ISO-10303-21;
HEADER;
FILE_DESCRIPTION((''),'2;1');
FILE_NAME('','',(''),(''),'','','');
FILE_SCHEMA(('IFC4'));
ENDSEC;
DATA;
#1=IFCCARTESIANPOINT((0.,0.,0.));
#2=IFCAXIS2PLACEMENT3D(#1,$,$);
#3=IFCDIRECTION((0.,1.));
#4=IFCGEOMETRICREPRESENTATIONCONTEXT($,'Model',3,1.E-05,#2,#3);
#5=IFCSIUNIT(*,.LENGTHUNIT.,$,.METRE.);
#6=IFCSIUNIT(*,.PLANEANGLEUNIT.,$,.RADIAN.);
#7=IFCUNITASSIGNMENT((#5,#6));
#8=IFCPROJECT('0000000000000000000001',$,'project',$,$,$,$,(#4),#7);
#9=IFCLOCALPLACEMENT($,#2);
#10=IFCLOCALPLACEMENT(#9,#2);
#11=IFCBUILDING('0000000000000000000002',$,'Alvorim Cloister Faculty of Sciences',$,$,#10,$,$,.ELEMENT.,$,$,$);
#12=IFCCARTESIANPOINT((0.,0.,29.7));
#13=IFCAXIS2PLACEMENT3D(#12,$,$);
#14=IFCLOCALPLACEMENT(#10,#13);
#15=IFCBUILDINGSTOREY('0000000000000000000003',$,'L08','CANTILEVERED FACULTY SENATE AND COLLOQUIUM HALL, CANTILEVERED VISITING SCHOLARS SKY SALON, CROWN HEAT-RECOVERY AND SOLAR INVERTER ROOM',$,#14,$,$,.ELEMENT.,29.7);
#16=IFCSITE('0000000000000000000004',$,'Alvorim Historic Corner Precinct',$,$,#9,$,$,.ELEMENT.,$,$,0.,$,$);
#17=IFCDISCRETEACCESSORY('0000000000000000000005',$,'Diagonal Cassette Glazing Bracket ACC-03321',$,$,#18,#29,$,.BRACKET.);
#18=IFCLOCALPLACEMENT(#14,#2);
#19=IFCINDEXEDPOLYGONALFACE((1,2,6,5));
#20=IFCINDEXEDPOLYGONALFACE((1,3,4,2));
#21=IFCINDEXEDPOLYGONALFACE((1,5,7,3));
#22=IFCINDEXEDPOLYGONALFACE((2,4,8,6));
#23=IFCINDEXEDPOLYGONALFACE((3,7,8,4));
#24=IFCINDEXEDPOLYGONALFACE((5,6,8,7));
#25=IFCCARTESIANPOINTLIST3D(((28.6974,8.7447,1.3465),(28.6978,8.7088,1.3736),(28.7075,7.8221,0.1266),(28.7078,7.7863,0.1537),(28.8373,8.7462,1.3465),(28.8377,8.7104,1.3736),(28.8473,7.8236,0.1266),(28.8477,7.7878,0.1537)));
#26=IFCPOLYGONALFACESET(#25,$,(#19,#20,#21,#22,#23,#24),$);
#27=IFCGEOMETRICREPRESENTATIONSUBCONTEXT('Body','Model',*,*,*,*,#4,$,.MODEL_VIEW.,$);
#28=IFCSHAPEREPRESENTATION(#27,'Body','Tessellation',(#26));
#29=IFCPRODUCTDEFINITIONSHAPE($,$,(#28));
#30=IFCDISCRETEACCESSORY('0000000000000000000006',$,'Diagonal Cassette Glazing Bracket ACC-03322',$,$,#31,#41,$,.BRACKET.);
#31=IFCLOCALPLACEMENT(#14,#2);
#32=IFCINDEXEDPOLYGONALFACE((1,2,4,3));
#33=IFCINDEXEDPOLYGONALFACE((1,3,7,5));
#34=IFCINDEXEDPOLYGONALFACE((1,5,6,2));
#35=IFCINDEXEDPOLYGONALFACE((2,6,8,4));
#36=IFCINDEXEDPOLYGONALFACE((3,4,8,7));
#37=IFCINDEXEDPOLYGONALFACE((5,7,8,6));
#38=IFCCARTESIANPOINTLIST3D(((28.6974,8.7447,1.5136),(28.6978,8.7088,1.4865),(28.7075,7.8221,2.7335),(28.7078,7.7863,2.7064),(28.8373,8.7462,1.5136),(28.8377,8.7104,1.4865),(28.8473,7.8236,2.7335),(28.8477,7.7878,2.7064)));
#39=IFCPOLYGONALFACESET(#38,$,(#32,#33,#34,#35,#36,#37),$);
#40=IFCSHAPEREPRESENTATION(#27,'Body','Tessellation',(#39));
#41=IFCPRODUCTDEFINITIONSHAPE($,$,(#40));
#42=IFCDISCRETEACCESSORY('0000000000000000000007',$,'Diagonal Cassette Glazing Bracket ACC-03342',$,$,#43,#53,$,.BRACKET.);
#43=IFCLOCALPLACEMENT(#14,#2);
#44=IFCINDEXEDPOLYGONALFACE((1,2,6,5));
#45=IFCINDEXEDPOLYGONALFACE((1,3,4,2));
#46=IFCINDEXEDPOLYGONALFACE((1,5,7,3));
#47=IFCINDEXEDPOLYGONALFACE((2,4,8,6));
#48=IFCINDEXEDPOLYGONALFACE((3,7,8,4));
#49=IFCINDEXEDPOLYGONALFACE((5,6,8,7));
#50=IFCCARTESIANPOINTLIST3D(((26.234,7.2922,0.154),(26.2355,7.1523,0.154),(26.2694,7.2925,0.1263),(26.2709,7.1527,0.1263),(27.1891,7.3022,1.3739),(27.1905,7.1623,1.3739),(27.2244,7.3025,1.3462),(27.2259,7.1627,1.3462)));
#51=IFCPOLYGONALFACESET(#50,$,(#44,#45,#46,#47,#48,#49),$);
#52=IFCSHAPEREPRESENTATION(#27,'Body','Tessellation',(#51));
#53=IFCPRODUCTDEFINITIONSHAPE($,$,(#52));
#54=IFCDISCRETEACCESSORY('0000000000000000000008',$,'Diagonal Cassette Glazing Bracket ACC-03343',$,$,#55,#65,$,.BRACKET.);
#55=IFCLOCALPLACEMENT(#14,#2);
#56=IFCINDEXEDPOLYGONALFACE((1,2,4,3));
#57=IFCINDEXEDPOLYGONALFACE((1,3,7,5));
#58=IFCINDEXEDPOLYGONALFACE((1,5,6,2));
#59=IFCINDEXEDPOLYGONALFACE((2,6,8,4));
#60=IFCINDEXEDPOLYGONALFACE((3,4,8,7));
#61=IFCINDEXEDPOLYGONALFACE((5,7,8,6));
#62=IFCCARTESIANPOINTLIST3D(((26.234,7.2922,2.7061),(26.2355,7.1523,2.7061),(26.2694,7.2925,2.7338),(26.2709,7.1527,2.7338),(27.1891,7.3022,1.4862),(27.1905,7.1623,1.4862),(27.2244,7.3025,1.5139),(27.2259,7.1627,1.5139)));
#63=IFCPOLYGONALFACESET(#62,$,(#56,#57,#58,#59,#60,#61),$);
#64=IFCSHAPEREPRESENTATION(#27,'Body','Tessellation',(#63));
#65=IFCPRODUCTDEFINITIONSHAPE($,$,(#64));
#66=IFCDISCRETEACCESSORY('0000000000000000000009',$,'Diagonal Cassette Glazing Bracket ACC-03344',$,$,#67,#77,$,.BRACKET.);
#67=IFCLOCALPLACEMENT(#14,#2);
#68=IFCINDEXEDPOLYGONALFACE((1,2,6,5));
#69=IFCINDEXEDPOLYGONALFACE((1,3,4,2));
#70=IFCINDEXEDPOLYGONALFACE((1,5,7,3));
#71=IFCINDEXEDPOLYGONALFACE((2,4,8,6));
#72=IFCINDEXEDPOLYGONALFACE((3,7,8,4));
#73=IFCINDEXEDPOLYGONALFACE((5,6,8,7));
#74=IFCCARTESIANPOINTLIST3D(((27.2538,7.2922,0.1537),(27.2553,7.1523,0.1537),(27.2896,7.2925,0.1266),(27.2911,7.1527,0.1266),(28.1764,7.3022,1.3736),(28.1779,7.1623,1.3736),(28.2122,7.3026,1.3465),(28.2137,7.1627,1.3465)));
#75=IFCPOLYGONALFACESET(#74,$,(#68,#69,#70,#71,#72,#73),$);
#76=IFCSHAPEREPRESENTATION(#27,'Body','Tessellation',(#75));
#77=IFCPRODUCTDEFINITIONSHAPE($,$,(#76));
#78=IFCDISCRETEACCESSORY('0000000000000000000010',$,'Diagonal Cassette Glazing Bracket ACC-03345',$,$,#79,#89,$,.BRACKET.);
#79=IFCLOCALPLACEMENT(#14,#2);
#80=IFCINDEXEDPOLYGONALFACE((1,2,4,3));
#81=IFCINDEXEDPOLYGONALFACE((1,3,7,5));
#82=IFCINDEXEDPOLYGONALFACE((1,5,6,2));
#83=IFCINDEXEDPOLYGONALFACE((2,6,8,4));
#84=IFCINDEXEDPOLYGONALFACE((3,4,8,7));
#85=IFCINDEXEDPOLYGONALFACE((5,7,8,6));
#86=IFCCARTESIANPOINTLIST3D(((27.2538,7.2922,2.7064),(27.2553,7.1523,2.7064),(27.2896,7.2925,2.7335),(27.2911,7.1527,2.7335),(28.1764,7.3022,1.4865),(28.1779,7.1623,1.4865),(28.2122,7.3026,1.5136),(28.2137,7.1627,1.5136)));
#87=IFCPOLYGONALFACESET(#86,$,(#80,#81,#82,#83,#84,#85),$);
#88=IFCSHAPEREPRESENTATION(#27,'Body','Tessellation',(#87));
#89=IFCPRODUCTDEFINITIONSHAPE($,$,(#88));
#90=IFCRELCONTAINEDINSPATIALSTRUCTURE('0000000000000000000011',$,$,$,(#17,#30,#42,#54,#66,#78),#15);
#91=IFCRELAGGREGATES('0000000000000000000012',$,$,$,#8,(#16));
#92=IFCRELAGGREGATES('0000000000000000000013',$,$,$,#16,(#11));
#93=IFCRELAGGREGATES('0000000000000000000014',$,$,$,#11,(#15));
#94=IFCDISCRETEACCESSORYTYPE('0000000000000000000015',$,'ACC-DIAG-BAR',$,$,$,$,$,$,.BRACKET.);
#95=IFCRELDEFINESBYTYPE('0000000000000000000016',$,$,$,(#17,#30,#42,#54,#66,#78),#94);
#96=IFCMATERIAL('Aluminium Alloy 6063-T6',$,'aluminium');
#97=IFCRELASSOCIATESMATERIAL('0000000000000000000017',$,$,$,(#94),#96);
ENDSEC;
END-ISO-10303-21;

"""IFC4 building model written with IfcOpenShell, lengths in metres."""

from ifc_helpers import new_model, si_unit, direction, frame, origin, origin_2d, place, context, subcontext, project, spatial, rectangle, extrude, material, type_object, element, save


model = new_model("IFC4")

# Units and contexts
model_context = context("Model", 3, precision=1e-05, world=origin(), true_north=direction((0.0, 1.0)))
body_context = subcontext(model_context, "Body", "Model", "MODEL_VIEW")
ifc_project = project(units=[si_unit("LENGTHUNIT", "METRE"), si_unit("PLANEANGLEUNIT", "RADIAN")], contexts=[model_context])

# Site, building, storey
site_placement = place(None, origin())
site = spatial("IfcSite", under=ifc_project, at=site_placement, Name="Alvorim Historic Corner Precinct", CompositionType="ELEMENT", RefElevation=0.0)
building_placement = place(site_placement, origin())
building = spatial("IfcBuilding", under=site, at=building_placement, Name="Alvorim Cloister Faculty of Sciences", CompositionType="ELEMENT")
storey_placement = place(building_placement, frame((0.0, 0.0, 29.7)))
storey = spatial("IfcBuildingStorey", under=building, at=storey_placement, Name="L08", Description="CANTILEVERED FACULTY SENATE AND COLLOQUIUM HALL, CANTILEVERED VISITING SCHOLARS SKY SALON, CROWN HEAT-RECOVERY AND SOLAR INVERTER ROOM", CompositionType="ELEMENT", Elevation=29.7)

# Shared definitions
ifc_material_1 = material(Name="Aluminium Alloy 6063-T6", Category="aluminium")

# Discrete accessories
discrete_accessory_type = type_object("IfcDiscreteAccessoryType", Name="ACC-DIAG-BAR", PredefinedType="BRACKET", material=ifc_material_1)
for number, where, z_axis, x_axis, name in (
    (1, (28.7776, 7.8049, 0.1401), (-0.006544, 0.603175, 0.797582), (-0.999941, -0.010849, 0.0), "Diagonal Cassette Glazing Bracket ACC-03321"),
    (2, (28.7776, 7.8049, 2.72), (-0.006544, 0.603175, -0.797582), (-0.999941, -0.010849, 0.0), "Diagonal Cassette Glazing Bracket ACC-03322"),
):
    element("IfcDiscreteAccessory", number, at=place(storey_placement, frame(where, z_axis=z_axis, x_axis=x_axis)), inside=storey, type_object=discrete_accessory_type, Name=name, PredefinedType="BRACKET", context=body_context, shape_type="SweptSolid", body=[
        extrude(rectangle(XDim=0.1399, YDim=0.0449, at=origin_2d()), origin(), (0.0, 0.0, 1.0), 1.5295),
    ])
for number, where, z_axis, x_axis, name in (
    (3, (26.2524, 7.2224, 0.1401), (0.616423, 0.00646, 0.787389), (-0.01048, 0.999945, 0.0), "Diagonal Cassette Glazing Bracket ACC-03342"),
    (4, (26.2524, 7.2224, 2.72), (0.616423, 0.00646, -0.787389), (-0.01048, 0.999945, 0.0), "Diagonal Cassette Glazing Bracket ACC-03343"),
):
    element("IfcDiscreteAccessory", number, at=place(storey_placement, frame(where, z_axis=z_axis, x_axis=x_axis)), inside=storey, type_object=discrete_accessory_type, Name=name, PredefinedType="BRACKET", context=body_context, shape_type="SweptSolid", body=[
        extrude(rectangle(XDim=0.1399, YDim=0.0449, at=origin_2d()), origin(), (0.0, 0.0, 1.0), 1.5493),
    ])
for number, where, z_axis, x_axis, name in (
    (5, (27.2725, 7.2224, 0.1401), (0.603175, 0.006544, 0.797582), (-0.010849, 0.999941, 0.0), "Diagonal Cassette Glazing Bracket ACC-03344"),
    (6, (27.2725, 7.2224, 2.72), (0.603175, 0.006544, -0.797582), (-0.010849, 0.999941, 0.0), "Diagonal Cassette Glazing Bracket ACC-03345"),
):
    element("IfcDiscreteAccessory", number, at=place(storey_placement, frame(where, z_axis=z_axis, x_axis=x_axis)), inside=storey, type_object=discrete_accessory_type, Name=name, PredefinedType="BRACKET", context=body_context, shape_type="SweptSolid", body=[
        extrude(rectangle(XDim=0.1399, YDim=0.0449, at=origin_2d()), origin(), (0.0, 0.0, 1.0), 1.5295),
    ])

save(model, "model.ifc")
